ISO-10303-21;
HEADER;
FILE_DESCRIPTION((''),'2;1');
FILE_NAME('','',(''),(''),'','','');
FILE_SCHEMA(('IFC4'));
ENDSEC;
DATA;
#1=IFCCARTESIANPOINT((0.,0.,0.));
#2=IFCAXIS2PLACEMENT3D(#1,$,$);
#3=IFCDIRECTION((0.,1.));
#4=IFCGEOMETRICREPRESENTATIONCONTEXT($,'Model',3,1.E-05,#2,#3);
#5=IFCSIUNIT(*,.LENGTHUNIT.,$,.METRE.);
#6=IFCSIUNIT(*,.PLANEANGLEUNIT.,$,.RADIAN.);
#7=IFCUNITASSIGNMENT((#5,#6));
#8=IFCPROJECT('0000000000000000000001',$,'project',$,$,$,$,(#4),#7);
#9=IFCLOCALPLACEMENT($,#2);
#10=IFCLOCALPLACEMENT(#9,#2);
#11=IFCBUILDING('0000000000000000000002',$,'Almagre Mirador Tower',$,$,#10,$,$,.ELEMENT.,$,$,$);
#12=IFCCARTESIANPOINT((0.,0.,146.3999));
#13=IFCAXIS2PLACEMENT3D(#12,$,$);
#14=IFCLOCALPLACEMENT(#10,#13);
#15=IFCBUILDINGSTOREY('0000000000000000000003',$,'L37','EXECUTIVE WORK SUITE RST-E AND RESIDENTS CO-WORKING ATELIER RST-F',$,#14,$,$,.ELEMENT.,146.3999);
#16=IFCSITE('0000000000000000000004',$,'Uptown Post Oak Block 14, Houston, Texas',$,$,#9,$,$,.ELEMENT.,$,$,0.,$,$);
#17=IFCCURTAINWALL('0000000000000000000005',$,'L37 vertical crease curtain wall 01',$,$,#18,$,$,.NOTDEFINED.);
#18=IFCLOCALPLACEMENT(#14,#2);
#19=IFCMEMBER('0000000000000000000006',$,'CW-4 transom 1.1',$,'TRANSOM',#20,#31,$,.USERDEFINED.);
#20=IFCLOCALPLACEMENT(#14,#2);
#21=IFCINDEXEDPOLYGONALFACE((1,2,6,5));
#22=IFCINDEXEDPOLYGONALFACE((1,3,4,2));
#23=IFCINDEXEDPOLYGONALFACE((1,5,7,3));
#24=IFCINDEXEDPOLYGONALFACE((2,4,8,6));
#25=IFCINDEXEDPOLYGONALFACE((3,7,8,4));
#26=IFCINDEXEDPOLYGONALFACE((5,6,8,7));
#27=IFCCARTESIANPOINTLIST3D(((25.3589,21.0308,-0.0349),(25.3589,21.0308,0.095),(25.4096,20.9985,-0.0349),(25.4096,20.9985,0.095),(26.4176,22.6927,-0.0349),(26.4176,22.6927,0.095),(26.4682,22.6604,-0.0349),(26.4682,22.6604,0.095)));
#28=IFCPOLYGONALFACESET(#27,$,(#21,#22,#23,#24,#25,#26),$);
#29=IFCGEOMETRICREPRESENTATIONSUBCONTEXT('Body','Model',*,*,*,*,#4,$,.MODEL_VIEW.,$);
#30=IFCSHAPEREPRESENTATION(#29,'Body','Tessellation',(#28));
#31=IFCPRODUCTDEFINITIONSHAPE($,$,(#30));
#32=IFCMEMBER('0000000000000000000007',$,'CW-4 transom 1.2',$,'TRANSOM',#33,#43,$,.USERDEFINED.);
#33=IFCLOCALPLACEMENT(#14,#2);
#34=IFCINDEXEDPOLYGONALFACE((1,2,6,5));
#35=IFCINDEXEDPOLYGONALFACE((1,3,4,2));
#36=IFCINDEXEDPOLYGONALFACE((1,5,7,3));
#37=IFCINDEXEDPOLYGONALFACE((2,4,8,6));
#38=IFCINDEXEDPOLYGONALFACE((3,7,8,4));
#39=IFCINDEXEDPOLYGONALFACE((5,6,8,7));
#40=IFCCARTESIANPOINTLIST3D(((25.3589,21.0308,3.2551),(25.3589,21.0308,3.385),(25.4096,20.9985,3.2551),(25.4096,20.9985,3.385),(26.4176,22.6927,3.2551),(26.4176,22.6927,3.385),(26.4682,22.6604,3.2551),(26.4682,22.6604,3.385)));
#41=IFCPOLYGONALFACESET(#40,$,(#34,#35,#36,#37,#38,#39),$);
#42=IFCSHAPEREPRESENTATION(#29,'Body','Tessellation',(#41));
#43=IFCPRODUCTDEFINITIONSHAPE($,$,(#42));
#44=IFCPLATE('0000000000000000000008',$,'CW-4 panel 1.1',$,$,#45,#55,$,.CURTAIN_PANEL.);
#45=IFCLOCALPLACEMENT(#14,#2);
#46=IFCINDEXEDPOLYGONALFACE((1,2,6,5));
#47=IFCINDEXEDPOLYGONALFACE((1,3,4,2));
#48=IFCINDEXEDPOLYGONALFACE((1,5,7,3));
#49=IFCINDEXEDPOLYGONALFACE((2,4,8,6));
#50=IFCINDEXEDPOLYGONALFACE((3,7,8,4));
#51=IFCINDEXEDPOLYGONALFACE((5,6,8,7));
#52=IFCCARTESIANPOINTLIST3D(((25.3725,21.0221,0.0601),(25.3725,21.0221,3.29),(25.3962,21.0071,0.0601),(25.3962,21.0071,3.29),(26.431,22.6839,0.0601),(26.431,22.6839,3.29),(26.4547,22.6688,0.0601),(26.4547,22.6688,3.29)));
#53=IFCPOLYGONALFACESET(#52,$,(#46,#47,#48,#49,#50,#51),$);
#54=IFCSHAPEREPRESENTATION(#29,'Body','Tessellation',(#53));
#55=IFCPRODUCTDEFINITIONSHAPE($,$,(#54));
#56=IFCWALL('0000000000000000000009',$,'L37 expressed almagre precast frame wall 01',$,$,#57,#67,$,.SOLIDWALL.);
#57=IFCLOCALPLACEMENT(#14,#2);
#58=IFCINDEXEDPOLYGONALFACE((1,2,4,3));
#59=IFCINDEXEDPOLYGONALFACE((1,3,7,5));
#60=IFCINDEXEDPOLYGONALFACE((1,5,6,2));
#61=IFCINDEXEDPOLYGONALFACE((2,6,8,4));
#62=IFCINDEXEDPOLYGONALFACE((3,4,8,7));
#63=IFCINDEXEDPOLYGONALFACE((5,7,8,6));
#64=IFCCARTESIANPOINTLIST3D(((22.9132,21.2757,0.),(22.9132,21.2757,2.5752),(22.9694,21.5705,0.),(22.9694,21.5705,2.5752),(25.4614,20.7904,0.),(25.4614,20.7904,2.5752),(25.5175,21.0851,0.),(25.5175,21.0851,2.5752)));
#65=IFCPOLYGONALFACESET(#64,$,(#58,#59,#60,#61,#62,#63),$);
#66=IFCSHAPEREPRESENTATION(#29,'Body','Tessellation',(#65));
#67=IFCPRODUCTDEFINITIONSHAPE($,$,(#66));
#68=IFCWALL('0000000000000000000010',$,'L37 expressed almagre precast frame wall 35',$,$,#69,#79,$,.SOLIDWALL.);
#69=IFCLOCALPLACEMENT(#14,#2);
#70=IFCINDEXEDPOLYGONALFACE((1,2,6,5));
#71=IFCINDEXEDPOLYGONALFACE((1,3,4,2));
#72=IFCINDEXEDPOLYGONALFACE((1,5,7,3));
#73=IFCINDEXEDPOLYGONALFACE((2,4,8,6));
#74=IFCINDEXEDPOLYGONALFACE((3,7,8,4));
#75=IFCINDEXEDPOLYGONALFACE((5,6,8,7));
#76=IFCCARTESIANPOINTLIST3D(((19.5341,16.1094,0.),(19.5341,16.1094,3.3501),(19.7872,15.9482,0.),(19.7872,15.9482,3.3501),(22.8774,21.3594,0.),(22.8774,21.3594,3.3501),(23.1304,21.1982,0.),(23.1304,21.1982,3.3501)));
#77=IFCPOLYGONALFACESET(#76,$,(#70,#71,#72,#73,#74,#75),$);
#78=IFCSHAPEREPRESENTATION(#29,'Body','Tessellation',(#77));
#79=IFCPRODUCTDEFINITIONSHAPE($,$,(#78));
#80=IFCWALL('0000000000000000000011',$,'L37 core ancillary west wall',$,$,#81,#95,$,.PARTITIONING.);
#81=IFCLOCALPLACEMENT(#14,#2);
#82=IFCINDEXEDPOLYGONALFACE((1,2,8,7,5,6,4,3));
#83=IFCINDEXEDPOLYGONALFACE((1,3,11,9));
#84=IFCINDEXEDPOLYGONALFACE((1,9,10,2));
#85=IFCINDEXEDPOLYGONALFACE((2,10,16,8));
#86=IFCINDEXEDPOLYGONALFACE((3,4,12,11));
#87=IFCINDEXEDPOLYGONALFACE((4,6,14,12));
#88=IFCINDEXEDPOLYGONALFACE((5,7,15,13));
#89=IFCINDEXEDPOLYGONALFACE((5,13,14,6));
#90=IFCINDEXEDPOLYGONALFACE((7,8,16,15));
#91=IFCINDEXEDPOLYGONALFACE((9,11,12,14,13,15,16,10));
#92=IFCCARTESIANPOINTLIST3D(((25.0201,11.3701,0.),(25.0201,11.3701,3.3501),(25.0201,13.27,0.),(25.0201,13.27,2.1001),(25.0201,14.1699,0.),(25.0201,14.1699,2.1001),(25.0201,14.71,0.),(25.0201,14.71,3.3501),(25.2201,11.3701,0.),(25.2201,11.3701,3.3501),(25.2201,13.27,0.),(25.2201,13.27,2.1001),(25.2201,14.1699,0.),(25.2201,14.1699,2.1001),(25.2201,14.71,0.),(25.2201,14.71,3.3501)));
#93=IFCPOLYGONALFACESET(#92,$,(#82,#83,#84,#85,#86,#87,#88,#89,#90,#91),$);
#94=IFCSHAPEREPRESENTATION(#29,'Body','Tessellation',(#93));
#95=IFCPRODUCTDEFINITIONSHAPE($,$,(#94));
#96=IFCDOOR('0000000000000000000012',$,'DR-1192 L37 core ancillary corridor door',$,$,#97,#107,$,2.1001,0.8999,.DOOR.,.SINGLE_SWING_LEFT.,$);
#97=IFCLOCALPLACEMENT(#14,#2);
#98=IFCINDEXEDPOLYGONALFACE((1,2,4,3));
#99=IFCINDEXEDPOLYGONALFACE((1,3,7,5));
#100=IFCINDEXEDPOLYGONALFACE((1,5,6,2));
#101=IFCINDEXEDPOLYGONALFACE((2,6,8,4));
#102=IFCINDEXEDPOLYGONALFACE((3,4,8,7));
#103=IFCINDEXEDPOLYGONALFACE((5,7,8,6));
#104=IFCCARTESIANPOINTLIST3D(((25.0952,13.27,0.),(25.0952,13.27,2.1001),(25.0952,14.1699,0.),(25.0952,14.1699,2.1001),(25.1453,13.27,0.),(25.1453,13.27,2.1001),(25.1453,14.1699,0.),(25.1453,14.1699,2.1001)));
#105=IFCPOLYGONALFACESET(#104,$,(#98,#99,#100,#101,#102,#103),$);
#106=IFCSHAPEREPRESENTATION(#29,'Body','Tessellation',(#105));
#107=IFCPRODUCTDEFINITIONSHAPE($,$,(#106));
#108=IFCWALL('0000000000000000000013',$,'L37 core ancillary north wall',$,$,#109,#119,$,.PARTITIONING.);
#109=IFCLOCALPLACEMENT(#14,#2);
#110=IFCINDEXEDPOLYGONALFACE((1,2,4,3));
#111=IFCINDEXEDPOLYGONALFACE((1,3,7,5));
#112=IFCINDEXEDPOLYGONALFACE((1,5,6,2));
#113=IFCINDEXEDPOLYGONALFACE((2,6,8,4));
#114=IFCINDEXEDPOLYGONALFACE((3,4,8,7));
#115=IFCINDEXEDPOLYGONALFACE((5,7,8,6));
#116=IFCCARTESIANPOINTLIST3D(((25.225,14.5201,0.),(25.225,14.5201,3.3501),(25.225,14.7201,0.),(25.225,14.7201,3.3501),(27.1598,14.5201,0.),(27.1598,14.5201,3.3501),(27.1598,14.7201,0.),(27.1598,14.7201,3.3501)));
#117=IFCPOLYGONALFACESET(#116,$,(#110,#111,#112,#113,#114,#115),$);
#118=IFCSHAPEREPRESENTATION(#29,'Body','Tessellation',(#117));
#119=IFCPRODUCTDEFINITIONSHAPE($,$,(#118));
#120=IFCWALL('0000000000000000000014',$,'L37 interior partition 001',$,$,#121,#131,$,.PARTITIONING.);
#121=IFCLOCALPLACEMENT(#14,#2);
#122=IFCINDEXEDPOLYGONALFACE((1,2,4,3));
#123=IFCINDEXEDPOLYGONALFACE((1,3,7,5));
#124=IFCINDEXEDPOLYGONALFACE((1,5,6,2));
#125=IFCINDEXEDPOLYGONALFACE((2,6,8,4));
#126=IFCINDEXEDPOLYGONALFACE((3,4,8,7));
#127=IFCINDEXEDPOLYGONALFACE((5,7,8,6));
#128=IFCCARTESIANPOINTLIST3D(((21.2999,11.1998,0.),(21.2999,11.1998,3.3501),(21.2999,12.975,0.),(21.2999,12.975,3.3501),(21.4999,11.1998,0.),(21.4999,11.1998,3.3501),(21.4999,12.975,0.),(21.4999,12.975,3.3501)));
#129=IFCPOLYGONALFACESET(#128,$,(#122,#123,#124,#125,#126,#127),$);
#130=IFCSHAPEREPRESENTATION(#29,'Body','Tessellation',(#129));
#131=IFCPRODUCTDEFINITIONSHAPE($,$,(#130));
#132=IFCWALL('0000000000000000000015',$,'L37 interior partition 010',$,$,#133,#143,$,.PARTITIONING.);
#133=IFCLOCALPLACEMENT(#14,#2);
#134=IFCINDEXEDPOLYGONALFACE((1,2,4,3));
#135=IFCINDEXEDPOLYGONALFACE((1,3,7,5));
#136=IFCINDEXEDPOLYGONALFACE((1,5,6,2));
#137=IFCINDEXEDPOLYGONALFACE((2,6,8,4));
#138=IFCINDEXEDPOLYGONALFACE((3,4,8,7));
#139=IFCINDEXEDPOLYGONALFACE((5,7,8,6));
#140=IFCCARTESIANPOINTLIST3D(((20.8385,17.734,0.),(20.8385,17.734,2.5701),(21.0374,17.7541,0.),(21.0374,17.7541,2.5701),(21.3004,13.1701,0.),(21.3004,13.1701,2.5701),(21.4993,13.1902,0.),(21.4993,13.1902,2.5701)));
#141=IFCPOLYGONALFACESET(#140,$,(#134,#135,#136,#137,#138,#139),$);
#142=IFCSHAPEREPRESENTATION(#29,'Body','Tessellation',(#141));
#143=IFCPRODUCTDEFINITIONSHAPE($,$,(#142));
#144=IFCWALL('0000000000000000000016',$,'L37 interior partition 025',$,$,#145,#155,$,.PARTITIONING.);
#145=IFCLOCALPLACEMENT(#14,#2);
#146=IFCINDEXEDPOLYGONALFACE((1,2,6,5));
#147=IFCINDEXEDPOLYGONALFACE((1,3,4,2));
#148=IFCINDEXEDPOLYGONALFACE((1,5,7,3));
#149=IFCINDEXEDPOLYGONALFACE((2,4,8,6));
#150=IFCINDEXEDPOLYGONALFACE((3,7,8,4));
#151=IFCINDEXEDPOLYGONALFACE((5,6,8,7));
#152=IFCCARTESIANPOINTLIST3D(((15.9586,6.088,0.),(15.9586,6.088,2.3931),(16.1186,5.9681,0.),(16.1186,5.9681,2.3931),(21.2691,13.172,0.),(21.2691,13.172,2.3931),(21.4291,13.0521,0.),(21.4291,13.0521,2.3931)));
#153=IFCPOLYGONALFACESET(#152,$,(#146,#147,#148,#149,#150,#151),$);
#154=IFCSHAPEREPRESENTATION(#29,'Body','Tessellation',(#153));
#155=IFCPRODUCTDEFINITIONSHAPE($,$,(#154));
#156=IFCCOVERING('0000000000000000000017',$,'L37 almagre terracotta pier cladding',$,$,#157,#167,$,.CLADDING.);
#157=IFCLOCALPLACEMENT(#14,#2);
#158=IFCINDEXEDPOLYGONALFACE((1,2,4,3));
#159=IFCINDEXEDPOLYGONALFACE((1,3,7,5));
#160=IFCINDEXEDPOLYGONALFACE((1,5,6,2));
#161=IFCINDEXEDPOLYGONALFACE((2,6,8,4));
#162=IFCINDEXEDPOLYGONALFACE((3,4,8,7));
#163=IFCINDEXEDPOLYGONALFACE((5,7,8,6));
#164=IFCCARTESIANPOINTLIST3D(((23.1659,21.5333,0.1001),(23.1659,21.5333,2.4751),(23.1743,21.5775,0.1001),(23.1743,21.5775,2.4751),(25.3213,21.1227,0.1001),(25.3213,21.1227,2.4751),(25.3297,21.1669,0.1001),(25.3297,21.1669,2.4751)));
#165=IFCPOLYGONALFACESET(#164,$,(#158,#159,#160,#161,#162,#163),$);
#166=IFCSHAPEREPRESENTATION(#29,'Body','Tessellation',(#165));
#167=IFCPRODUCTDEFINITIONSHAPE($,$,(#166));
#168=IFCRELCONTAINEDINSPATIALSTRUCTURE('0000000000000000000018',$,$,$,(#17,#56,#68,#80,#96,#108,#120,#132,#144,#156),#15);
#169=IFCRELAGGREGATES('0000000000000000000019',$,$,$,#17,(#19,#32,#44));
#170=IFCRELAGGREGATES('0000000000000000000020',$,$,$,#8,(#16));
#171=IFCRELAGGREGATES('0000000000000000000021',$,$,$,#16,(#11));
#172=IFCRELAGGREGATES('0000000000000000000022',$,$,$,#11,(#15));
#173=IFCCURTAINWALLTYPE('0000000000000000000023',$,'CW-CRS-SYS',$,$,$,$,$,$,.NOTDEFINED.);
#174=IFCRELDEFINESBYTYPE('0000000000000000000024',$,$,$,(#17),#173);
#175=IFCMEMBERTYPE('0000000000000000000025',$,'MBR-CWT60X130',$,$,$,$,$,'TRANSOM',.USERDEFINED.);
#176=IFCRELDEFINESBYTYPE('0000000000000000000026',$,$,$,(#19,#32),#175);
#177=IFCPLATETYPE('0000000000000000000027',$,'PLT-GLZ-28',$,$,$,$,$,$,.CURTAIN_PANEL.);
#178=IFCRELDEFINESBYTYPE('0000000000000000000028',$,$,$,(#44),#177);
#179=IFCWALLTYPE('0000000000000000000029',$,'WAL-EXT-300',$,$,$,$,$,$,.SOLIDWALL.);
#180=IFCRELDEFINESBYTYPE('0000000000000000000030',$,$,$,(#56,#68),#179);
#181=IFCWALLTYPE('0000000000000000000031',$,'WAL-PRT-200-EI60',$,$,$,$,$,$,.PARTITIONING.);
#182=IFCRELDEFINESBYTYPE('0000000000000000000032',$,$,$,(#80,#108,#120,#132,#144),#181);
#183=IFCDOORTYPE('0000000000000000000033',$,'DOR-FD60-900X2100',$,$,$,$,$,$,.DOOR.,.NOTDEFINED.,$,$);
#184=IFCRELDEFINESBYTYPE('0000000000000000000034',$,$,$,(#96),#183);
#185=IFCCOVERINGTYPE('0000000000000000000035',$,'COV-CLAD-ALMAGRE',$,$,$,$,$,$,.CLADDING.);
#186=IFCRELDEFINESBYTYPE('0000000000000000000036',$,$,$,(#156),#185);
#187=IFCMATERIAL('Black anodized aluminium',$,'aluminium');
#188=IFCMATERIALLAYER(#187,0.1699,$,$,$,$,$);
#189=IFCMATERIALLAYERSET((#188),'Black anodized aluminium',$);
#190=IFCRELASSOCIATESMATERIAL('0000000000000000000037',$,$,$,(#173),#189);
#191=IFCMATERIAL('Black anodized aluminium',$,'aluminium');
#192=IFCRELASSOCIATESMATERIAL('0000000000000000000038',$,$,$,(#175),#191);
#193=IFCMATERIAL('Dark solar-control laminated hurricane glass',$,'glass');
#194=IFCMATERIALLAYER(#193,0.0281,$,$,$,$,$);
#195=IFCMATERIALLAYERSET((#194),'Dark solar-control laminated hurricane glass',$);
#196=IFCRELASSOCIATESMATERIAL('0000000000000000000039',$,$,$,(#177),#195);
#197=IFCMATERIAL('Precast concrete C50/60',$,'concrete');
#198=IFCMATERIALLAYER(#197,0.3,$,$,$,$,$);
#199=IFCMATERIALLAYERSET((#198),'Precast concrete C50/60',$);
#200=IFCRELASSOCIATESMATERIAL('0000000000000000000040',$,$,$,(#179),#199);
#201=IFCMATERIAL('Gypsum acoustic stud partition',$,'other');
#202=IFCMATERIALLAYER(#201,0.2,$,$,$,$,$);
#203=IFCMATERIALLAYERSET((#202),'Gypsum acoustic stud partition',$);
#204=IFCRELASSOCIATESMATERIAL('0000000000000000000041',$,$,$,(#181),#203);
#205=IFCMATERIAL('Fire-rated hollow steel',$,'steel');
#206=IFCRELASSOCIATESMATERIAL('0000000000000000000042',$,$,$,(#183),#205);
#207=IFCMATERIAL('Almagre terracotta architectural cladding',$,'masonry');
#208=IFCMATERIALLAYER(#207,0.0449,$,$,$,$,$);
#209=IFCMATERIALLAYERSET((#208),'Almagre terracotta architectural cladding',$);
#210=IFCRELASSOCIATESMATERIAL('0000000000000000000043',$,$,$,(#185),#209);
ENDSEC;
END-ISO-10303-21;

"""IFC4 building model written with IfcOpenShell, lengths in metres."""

from ifc_helpers import new_model, si_unit, direction, frame, frame_2d, origin, origin_2d, place, context, subcontext, project, spatial, rectangle, extrude, material, layer, layer_set, material_profile, profile_set, type_object, element, fill, aggregate, save


model = new_model("IFC4")

# Units and contexts
model_context = context("Model", 3, precision=1e-05, world=origin(), true_north=direction((0.0, 1.0)))
body_context = subcontext(model_context, "Body", "Model", "MODEL_VIEW")
ifc_project = project(units=[si_unit("LENGTHUNIT", "METRE"), si_unit("PLANEANGLEUNIT", "RADIAN")], contexts=[model_context])

# Site, building, storey
site_placement = place(None, origin())
site = spatial("IfcSite", under=ifc_project, at=site_placement, Name="Uptown Post Oak Block 14, Houston, Texas", CompositionType="ELEMENT", RefElevation=0.0)
building_placement = place(site_placement, origin())
building = spatial("IfcBuilding", under=site, at=building_placement, Name="Almagre Mirador Tower", CompositionType="ELEMENT")
storey_placement = place(building_placement, frame((0.0, 0.0, 146.3999)))
storey = spatial("IfcBuildingStorey", under=building, at=storey_placement, Name="L37", Description="EXECUTIVE WORK SUITE RST-E AND RESIDENTS CO-WORKING ATELIER RST-F", CompositionType="ELEMENT", Elevation=146.3999)

# Curtain wall, members, plate
ifc_material_1 = material(Name="Black anodized aluminium", Category="aluminium")
ifc_layer_1 = layer(ifc_material_1, 0.1699)
ifc_layer_set_1 = layer_set([ifc_layer_1], Name="Black anodized aluminium")
curtain_wall_type = type_object("IfcCurtainWallType", Name="CW-CRS-SYS", PredefinedType="NOTDEFINED", material=ifc_layer_set_1)
curtain_wall_placement = place(storey_placement, origin())
curtain_wall = element("IfcCurtainWall", 1, at=curtain_wall_placement, inside=storey, type_object=curtain_wall_type, Name="L37 vertical crease curtain wall 01", PredefinedType="NOTDEFINED")
ifc_material_2 = material(Name="Black anodized aluminium", Category="aluminium")
ifc_material_profile_1 = material_profile(ifc_material_2, rectangle(XDim=0.0601, YDim=0.1299, at=origin_2d()), Name="CWT60X130")
ifc_profile_set_1 = profile_set([ifc_material_profile_1], Name="Black anodized aluminium")
member_type_1 = type_object("IfcMemberType", Name="MBR-CWT60X130", ElementType="TRANSOM", PredefinedType="USERDEFINED", material=ifc_profile_set_1)
member_1_placement = place(storey_placement, frame((25.3843, 21.0146, 0.03), z_axis=(0.537252, 0.843422, 0.0), x_axis=(-0.843422, 0.537252, 0.0)))
member_1 = element("IfcMember", 2, at=member_1_placement, type_object=member_type_1, Name="CW-4 transom 1.1", ObjectType="TRANSOM", PredefinedType="USERDEFINED", context=body_context, shape_type="SweptSolid", body=[
    extrude(rectangle(XDim=0.0601, YDim=0.1299, at=origin_2d()), origin(), (0.0, 0.0, 1.0), 1.9705),
])
member_2_placement = place(storey_placement, frame((25.3843, 21.0146, 3.3201), z_axis=(0.537252, 0.843422, 0.0), x_axis=(-0.843422, 0.537252, 0.0)))
member_2 = element("IfcMember", 3, at=member_2_placement, type_object=member_type_1, Name="CW-4 transom 1.2", ObjectType="TRANSOM", PredefinedType="USERDEFINED", context=body_context, shape_type="SweptSolid", body=[
    extrude(rectangle(XDim=0.0601, YDim=0.1299, at=origin_2d()), origin(), (0.0, 0.0, 1.0), 1.9705),
])
ifc_material_3 = material(Name="Dark solar-control laminated hurricane glass", Category="glass")
ifc_layer_2 = layer(ifc_material_3, 0.0281)
ifc_layer_set_2 = layer_set([ifc_layer_2], Name="Dark solar-control laminated hurricane glass")
plate_type = type_object("IfcPlateType", Name="PLT-GLZ-28", PredefinedType="CURTAIN_PANEL", material=ifc_layer_set_2)
plate_placement = place(storey_placement, frame((25.9136, 21.8455, 0.0601), z_axis=(0.0, 0.0, 1.0), x_axis=(0.537247, 0.843425, 0.0)))
plate = element("IfcPlate", 4, at=plate_placement, type_object=plate_type, Name="CW-4 panel 1.1", PredefinedType="CURTAIN_PANEL", context=body_context, shape_type="SweptSolid", body=[
    extrude(rectangle(XDim=1.9702, YDim=0.0281, at=origin_2d()), origin(), (0.0, 0.0, 1.0), 3.23),
])
aggregate(curtain_wall, [member_1, member_2, plate])

# Walls
ifc_material_4 = material(Name="Precast concrete C50/60", Category="concrete")
ifc_layer_3 = layer(ifc_material_4, 0.3)
ifc_layer_set_3 = layer_set([ifc_layer_3], Name="Precast concrete C50/60")
wall_type_1 = type_object("IfcWallType", Name="WAL-EXT-300", PredefinedType="SOLIDWALL", material=ifc_layer_set_3)
wall_1_placement = place(storey_placement, frame((22.9414, 21.4231, 0.0), z_axis=(0.0, 0.0, 1.0), x_axis=(0.982339, -0.187112, 0.0)))
element("IfcWall", 5, at=wall_1_placement, inside=storey, type_object=wall_type_1, Name="L37 expressed almagre precast frame wall 01", PredefinedType="SOLIDWALL", context=body_context, shape_type="SweptSolid", body=[
    extrude(rectangle(XDim=2.594, YDim=0.3, at=frame_2d((1.2969, 0.0))), origin(), (0.0, 0.0, 1.0), 2.5752),
])
wall_2_placement = place(storey_placement, frame((19.6606, 16.0288, 0.0), z_axis=(0.0, 0.0, 1.0), x_axis=(0.537145, 0.84349, 0.0)))
element("IfcWall", 6, at=wall_2_placement, inside=storey, type_object=wall_type_1, Name="L37 expressed almagre precast frame wall 35", PredefinedType="SOLIDWALL", context=body_context, shape_type="SweptSolid", body=[
    extrude(rectangle(XDim=6.2241, YDim=0.3, at=frame_2d((3.1121, 0.0))), origin(), (0.0, 0.0, 1.0), 3.3501),
])

# Wall, opening, door
ifc_material_5 = material(Name="Gypsum acoustic stud partition", Category="other")
ifc_layer_4 = layer(ifc_material_5, 0.2)
ifc_layer_set_4 = layer_set([ifc_layer_4], Name="Gypsum acoustic stud partition")
wall_type_2 = type_object("IfcWallType", Name="WAL-PRT-200-EI60", PredefinedType="PARTITIONING", material=ifc_layer_set_4)
wall_3_placement = place(storey_placement, frame((25.1201, 11.3701, 0.0), z_axis=(0.0, 0.0, 1.0), x_axis=(0.0, 1.0, 0.0)))
wall_3 = element("IfcWall", 7, at=wall_3_placement, inside=storey, type_object=wall_type_2, Name="L37 core ancillary west wall", PredefinedType="PARTITIONING", context=body_context, shape_type="SweptSolid", body=[
    extrude(rectangle(XDim=3.3398, YDim=0.2, at=frame_2d((1.6699, 0.0))), origin(), (0.0, 0.0, 1.0), 3.3501),
])
opening_placement = place(wall_3_placement, frame((1.8999, 0.0, 0.0)))
opening = element("IfcOpeningElement", 8, at=opening_placement, cuts=wall_3, PredefinedType="OPENING", context=body_context, shape_type="SweptSolid", body=[
    extrude(rectangle(XDim=0.8999, YDim=2.1001, at=frame_2d((0.45, 1.05))), frame((0.0, 0.1101, 0.0), z_axis=(0.0, -1.0, 0.0), x_axis=(1.0, 0.0, 0.0)), (0.0, 0.0, 1.0), 0.22),
])
ifc_material_6 = material(Name="Fire-rated hollow steel", Category="steel")
door_type = type_object("IfcDoorType", Name="DOR-FD60-900X2100", OperationType="NOTDEFINED", PredefinedType="DOOR", material=ifc_material_6)
door_placement = place(opening_placement, origin())
door = element("IfcDoor", 9, at=door_placement, inside=storey, type_object=door_type, Name="DR-1192 L37 core ancillary corridor door", OperationType="SINGLE_SWING_LEFT", OverallHeight=2.1001, OverallWidth=0.8999, PredefinedType="DOOR", context=body_context, shape_type="SweptSolid", body=[
    extrude(rectangle(XDim=0.8999, YDim=2.1001, at=frame_2d((0.45, 1.05))), frame((0.0, 0.0249, 0.0), z_axis=(0.0, -1.0, 0.0), x_axis=(1.0, 0.0, 0.0)), (0.0, 0.0, 1.0), 0.05),
])
fill(opening, door)

# Walls
wall_4_placement = place(storey_placement, frame((25.2251, 14.6201, 0.0), z_axis=(0.0, 0.0, 1.0), x_axis=(1.0, 0.0, 0.0)))
element("IfcWall", 10, at=wall_4_placement, inside=storey, type_object=wall_type_2, Name="L37 core ancillary north wall", PredefinedType="PARTITIONING", context=body_context, shape_type="SweptSolid", body=[
    extrude(rectangle(XDim=1.9348, YDim=0.2, at=frame_2d((0.9673, 0.0))), origin(), (0.0, 0.0, 1.0), 3.3501),
])
wall_5_placement = place(storey_placement, frame((21.3999, 12.9751, 0.0), z_axis=(0.0, 0.0, 1.0), x_axis=(0.0, -1.0, 0.0)))
element("IfcWall", 11, at=wall_5_placement, inside=storey, type_object=wall_type_2, Name="L37 interior partition 001", PredefinedType="PARTITIONING", context=body_context, shape_type="SweptSolid", body=[
    extrude(rectangle(XDim=1.7751, YDim=0.2, at=frame_2d((0.8877, 0.0))), origin(), (0.0, 0.0, 1.0), 3.3501),
])
wall_6_placement = place(storey_placement, frame((20.938, 17.7439, 0.0), z_axis=(0.0, 0.0, 1.0), x_axis=(0.100695, -0.994917, 0.0)))
element("IfcWall", 12, at=wall_6_placement, inside=storey, type_object=wall_type_2, Name="L37 interior partition 010", PredefinedType="PARTITIONING", context=body_context, shape_type="SweptSolid", body=[
    extrude(rectangle(XDim=4.5872, YDim=0.2, at=frame_2d((2.2935, 0.0))), origin(), (0.0, 0.0, 1.0), 2.5701),
])
wall_7_placement = place(storey_placement, frame((21.3491, 13.1121, 0.0), z_axis=(0.0, 0.0, 1.0), x_axis=(-0.599824, -0.800132, 0.0)))
element("IfcWall", 13, at=wall_7_placement, inside=storey, type_object=wall_type_2, Name="L37 interior partition 025", PredefinedType="PARTITIONING", context=body_context, shape_type="SweptSolid", body=[
    extrude(rectangle(XDim=8.8535, YDim=0.2, at=frame_2d((4.4268, 0.0))), origin(), (0.0, 0.0, 1.0), 2.3931),
])

# Covering
ifc_material_7 = material(Name="Almagre terracotta architectural cladding", Category="masonry")
ifc_layer_5 = layer(ifc_material_7, 0.0449)
ifc_layer_set_5 = layer_set([ifc_layer_5], Name="Almagre terracotta architectural cladding")
covering_type = type_object("IfcCoveringType", Name="COV-CLAD-ALMAGRE", PredefinedType="CLADDING", material=ifc_layer_set_5)
covering_placement = place(storey_placement, frame((24.2478, 21.3501, 0.1001), z_axis=(0.0, 0.0, 1.0), x_axis=(0.982333, -0.187141, 0.0)))
element("IfcCovering", 14, at=covering_placement, inside=storey, type_object=covering_type, Name="L37 almagre terracotta pier cladding", PredefinedType="CLADDING", context=body_context, shape_type="SweptSolid", body=[
    extrude(rectangle(XDim=2.1941, YDim=0.0449, at=origin_2d()), origin(), (0.0, 0.0, 1.0), 2.375),
])

save(model, "model.ifc")
